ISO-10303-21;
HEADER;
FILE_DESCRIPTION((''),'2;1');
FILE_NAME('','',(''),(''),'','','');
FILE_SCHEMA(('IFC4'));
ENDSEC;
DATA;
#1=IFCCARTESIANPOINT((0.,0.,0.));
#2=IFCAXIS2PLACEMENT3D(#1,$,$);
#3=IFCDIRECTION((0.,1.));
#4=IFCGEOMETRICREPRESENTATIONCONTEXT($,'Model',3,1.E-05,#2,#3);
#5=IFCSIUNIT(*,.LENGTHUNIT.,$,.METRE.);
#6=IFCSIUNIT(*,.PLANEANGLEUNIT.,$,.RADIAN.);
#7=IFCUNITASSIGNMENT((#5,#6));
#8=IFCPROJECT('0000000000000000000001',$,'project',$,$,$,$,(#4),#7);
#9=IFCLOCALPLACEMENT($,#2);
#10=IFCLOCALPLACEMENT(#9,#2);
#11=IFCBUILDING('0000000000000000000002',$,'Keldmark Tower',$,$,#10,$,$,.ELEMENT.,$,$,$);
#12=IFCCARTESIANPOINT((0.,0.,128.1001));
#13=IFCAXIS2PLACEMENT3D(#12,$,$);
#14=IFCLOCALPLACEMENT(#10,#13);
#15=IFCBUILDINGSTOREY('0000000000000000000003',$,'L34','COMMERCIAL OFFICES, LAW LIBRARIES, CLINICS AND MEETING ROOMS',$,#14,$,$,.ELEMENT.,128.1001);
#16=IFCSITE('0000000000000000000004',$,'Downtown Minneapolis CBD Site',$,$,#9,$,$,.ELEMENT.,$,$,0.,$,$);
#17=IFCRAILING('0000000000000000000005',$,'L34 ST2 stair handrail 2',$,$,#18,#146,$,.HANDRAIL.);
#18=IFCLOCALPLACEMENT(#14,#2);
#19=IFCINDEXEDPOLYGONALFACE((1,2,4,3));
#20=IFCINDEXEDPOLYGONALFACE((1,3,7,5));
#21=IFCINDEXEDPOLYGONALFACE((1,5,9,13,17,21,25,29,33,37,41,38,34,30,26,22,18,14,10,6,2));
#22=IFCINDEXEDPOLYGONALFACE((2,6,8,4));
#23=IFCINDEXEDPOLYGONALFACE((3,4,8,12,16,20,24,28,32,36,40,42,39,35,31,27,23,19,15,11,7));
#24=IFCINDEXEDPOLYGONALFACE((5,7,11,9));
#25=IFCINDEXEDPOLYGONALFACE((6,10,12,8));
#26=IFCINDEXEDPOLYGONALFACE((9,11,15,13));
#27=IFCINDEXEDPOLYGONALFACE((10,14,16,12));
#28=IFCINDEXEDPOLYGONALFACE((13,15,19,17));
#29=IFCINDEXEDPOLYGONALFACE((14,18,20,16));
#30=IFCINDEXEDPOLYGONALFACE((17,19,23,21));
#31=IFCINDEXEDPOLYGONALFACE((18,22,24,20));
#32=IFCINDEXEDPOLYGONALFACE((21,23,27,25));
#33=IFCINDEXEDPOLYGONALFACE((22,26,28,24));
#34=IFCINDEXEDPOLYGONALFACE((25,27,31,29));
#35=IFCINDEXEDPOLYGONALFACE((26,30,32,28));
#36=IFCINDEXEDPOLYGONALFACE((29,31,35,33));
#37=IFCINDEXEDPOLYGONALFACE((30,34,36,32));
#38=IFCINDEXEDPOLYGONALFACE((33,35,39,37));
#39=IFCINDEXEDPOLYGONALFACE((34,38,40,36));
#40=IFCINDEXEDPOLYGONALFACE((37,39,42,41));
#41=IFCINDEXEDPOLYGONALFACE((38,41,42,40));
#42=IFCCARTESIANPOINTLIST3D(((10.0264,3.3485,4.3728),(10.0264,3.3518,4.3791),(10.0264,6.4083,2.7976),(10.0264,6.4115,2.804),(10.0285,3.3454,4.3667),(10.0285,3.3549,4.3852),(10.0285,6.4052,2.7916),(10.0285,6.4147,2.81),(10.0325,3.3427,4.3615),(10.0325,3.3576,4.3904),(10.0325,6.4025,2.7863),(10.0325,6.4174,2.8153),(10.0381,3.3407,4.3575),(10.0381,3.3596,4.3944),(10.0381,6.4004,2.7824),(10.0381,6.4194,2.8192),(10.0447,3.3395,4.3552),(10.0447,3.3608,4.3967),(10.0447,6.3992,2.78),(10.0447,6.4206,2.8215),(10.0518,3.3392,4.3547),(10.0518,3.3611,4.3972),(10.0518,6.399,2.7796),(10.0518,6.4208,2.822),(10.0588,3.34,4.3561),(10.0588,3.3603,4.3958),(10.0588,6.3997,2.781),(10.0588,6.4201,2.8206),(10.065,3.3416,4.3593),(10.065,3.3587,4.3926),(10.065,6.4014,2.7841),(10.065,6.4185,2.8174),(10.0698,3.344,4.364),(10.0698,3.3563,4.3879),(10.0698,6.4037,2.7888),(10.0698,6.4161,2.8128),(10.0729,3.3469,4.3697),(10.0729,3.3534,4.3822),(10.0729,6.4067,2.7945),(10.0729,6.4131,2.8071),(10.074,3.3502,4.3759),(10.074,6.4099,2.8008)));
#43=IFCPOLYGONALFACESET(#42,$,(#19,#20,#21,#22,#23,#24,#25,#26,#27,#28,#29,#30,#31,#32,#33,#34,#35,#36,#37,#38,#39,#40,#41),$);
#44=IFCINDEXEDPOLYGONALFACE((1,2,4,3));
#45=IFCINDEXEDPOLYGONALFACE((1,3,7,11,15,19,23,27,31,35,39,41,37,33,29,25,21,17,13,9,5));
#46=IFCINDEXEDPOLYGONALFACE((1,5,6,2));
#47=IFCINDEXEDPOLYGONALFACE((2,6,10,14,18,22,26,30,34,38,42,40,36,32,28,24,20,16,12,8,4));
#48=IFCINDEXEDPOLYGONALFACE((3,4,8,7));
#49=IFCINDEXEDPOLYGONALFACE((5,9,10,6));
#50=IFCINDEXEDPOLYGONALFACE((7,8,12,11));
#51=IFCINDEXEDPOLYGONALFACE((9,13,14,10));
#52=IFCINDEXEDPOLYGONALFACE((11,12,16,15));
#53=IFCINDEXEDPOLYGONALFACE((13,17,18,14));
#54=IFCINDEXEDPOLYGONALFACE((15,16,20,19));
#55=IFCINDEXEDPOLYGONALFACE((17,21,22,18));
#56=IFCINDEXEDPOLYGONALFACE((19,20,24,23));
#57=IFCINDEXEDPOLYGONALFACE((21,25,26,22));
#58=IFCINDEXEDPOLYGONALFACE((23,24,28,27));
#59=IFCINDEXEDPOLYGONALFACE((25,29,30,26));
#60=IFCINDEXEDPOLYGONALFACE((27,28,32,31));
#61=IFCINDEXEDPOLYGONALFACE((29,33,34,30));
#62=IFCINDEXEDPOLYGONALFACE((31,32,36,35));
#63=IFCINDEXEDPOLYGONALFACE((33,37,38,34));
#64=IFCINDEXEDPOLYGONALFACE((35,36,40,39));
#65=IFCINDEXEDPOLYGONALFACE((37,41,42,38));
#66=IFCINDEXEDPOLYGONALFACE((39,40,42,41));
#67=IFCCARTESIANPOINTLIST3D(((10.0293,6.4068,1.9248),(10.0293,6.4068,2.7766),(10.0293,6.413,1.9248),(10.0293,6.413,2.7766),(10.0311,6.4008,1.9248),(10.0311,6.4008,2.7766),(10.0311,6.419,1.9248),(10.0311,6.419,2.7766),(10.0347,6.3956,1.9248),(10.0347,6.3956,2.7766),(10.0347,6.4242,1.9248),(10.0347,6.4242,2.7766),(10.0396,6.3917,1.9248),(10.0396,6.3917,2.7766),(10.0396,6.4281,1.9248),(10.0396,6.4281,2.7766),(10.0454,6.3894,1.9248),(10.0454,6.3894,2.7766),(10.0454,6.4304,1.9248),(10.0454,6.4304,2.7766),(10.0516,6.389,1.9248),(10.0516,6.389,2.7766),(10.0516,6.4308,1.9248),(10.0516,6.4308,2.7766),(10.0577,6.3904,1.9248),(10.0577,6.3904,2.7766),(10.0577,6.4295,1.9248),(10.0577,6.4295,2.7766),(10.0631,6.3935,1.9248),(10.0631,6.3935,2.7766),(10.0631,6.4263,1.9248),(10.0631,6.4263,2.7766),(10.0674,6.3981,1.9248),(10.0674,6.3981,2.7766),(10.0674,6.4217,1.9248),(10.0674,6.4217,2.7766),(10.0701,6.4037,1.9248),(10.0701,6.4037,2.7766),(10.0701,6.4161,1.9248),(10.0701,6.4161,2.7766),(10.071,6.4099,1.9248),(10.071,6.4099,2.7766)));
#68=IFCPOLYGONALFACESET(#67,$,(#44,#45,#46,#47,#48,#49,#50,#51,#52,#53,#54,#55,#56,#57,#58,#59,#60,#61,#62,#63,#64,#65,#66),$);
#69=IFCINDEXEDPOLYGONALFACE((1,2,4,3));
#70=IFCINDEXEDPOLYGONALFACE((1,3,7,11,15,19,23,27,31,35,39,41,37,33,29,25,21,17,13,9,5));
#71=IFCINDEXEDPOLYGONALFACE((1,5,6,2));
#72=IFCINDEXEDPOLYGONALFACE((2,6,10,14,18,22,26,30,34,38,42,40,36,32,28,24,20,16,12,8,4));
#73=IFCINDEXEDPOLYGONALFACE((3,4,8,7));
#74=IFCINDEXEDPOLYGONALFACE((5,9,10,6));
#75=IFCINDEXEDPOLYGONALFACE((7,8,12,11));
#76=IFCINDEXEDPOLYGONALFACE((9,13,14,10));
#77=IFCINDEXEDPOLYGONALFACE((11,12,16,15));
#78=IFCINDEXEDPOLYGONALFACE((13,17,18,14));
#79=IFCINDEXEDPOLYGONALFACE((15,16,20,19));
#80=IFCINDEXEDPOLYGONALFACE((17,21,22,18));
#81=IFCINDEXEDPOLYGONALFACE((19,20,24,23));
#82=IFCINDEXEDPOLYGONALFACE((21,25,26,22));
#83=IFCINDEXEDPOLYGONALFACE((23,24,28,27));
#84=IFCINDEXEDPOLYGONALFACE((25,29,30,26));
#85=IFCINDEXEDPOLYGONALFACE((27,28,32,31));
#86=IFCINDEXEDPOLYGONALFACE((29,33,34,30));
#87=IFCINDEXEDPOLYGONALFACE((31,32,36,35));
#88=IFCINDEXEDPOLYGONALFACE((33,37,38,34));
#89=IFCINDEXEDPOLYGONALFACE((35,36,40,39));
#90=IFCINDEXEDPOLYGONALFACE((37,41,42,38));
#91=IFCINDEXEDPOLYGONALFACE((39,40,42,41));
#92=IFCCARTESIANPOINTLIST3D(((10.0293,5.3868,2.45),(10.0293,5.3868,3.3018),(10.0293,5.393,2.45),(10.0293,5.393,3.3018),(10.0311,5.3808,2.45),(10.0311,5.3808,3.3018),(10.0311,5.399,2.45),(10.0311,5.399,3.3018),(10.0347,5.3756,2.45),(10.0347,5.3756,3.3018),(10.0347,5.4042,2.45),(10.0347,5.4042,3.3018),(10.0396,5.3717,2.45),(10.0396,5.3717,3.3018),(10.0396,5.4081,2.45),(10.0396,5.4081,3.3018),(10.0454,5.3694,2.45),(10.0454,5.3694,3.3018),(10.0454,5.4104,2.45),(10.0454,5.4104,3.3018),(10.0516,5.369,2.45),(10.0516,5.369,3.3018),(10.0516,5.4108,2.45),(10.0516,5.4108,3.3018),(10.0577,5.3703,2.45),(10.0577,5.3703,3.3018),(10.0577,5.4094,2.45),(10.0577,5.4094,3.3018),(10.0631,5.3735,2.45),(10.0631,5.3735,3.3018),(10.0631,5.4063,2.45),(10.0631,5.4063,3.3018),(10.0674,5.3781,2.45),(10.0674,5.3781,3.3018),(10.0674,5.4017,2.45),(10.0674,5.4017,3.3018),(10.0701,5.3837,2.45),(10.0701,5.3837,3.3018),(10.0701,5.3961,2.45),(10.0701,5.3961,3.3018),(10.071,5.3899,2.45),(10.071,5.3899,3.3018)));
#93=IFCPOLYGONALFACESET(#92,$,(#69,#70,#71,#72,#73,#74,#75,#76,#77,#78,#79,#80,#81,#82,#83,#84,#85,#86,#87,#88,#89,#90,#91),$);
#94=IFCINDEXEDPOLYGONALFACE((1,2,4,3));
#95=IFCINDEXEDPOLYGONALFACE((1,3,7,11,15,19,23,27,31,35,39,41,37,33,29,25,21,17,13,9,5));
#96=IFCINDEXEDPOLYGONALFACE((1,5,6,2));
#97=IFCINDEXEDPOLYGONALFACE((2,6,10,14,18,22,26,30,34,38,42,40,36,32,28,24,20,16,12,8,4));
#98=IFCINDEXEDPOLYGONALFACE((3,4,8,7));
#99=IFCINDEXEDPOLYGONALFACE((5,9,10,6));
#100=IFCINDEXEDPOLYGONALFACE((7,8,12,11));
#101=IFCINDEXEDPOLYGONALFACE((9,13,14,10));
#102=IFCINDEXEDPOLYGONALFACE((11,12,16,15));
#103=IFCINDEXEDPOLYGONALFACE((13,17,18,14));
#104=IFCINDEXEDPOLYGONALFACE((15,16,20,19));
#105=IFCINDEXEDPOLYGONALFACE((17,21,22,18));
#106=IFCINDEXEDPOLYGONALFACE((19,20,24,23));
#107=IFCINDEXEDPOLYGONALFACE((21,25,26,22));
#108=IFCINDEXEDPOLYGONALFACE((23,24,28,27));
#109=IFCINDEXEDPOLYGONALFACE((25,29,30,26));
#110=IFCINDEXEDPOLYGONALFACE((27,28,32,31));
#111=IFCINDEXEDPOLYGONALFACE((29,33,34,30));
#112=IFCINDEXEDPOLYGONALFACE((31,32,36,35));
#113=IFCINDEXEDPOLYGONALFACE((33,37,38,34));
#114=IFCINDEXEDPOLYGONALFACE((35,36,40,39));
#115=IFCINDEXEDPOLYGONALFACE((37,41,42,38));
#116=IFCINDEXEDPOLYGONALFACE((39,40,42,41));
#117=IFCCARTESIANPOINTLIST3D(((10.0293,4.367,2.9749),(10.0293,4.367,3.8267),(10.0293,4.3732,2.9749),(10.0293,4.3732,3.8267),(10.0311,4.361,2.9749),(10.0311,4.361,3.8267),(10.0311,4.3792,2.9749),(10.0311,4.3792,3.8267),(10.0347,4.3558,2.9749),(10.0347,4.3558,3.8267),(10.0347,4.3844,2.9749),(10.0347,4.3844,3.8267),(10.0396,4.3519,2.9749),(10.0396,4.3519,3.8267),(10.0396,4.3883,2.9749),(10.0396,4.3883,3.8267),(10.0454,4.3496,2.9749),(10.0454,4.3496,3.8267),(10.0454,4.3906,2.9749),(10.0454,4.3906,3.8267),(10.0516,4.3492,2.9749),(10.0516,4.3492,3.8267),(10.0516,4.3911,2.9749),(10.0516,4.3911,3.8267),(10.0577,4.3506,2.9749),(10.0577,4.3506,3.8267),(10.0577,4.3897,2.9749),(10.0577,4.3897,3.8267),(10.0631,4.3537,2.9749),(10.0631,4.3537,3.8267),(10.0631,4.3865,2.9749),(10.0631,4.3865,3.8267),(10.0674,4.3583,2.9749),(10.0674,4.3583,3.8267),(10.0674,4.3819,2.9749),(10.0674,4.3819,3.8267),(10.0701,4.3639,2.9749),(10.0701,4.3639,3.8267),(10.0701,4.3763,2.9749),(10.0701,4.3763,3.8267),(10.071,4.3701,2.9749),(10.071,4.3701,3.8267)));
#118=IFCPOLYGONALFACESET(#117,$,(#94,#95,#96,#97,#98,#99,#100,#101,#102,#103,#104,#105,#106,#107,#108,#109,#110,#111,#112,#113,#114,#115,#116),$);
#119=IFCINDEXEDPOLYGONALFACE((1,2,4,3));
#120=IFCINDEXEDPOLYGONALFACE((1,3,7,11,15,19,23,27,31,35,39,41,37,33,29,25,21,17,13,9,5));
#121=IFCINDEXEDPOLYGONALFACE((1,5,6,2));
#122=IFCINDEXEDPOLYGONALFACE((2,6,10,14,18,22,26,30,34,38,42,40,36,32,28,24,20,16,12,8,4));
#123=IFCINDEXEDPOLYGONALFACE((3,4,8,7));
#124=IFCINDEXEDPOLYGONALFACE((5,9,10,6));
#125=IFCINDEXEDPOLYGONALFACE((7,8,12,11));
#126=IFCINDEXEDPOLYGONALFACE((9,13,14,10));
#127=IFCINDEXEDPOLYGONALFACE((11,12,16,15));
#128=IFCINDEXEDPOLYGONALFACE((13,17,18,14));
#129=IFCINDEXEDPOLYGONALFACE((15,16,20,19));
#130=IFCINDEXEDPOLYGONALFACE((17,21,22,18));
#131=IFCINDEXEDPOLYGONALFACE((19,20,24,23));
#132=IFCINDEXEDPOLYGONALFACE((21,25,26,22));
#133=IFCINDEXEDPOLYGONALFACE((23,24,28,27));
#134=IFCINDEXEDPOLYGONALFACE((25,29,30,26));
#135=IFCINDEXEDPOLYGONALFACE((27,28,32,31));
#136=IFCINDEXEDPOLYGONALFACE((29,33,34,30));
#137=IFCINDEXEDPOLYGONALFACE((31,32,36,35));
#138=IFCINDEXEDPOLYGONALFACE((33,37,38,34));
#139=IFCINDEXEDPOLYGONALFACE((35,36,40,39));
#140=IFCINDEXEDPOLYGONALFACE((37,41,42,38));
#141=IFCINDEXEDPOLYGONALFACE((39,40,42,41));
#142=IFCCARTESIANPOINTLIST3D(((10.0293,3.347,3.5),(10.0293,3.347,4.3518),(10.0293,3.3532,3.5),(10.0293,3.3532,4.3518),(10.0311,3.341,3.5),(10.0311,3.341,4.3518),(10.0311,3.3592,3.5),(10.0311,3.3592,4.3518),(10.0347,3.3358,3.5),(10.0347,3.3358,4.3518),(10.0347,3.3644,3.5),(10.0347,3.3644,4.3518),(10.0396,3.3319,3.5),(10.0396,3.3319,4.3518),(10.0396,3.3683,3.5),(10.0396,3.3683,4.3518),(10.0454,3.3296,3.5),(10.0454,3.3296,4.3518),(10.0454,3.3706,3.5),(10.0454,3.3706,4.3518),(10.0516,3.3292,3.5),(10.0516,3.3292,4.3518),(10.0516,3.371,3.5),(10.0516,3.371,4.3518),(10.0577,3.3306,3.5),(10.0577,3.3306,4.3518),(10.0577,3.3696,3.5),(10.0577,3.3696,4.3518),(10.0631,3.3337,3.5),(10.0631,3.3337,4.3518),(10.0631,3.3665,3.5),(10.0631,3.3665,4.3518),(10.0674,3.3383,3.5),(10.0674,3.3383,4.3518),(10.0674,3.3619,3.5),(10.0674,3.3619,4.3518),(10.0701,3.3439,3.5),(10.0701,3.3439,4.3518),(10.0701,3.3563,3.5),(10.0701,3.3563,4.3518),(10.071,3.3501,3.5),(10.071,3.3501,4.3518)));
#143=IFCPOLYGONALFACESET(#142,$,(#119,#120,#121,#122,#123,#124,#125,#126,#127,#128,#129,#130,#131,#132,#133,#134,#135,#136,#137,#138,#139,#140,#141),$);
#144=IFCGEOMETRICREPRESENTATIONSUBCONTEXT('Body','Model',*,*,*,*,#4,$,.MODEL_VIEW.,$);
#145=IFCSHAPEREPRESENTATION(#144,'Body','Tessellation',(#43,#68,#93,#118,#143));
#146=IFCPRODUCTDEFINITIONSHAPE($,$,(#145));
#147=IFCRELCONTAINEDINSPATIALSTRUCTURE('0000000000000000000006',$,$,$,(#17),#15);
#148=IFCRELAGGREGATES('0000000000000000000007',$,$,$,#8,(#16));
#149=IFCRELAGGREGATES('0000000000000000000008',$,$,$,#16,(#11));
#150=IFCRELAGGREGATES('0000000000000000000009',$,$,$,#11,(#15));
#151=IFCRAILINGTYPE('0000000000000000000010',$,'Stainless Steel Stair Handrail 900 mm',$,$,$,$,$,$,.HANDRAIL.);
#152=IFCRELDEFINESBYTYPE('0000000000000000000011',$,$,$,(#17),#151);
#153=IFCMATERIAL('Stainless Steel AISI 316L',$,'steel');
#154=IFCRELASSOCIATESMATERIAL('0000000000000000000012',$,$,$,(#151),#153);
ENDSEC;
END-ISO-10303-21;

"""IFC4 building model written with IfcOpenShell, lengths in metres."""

from ifc_helpers import new_model, si_unit, direction, frame, origin, origin_2d, place, context, subcontext, project, spatial, circle, extrude, material, type_object, element, save


model = new_model("IFC4")

# Units and contexts
model_context = context("Model", 3, precision=1e-05, world=origin(), true_north=direction((0.0, 1.0)))
body_context = subcontext(model_context, "Body", "Model", "MODEL_VIEW")
ifc_project = project(units=[si_unit("LENGTHUNIT", "METRE"), si_unit("PLANEANGLEUNIT", "RADIAN")], contexts=[model_context])

# Site, building, storey
site_placement = place(None, origin())
site = spatial("IfcSite", under=ifc_project, at=site_placement, Name="Downtown Minneapolis CBD Site", CompositionType="ELEMENT", RefElevation=0.0)
building_placement = place(site_placement, origin())
building = spatial("IfcBuilding", under=site, at=building_placement, Name="Keldmark Tower", CompositionType="ELEMENT")
storey_placement = place(building_placement, frame((0.0, 0.0, 128.1001)))
storey = spatial("IfcBuildingStorey", under=building, at=storey_placement, Name="L34", Description="COMMERCIAL OFFICES, LAW LIBRARIES, CLINICS AND MEETING ROOMS", CompositionType="ELEMENT", Elevation=128.1001)

# Railing
ifc_material_1 = material(Name="Stainless Steel AISI 316L", Category="steel")
railing_type_1 = type_object("IfcRailingType", Name="Stainless Steel Stair Handrail 900 mm", PredefinedType="HANDRAIL", material=ifc_material_1)
railing_1_placement = place(storey_placement, frame((10.05, 6.4099, 1.9248)))
element("IfcRailing", 1, at=railing_1_placement, inside=storey, type_object=railing_type_1, Name="L34 ST2 stair handrail 2", PredefinedType="HANDRAIL", context=body_context, shape_type="SweptSolid", body=[
    extrude(circle(Radius=0.0239, at=origin_2d()), frame((0.0, 0.0, 0.876), z_axis=(0.0, -0.889101, 0.45771), x_axis=(1.0, 0.0, 0.0)), (0.0, 0.0, 1.0), 3.4414),
    extrude(circle(Radius=0.021, at=origin_2d()), origin(), (0.0, 0.0, 1.0), 0.8518),
    extrude(circle(Radius=0.021, at=origin_2d()), frame((0.0, -1.02, 0.5251)), (0.0, 0.0, 1.0), 0.8518),
    extrude(circle(Radius=0.021, at=origin_2d()), frame((0.0, -2.0398, 1.05)), (0.0, 0.0, 1.0), 0.8518),
    extrude(circle(Radius=0.021, at=origin_2d()), frame((0.0, -3.0598, 1.5752)), (0.0, 0.0, 1.0), 0.8518),
])

save(model, "model.ifc")
